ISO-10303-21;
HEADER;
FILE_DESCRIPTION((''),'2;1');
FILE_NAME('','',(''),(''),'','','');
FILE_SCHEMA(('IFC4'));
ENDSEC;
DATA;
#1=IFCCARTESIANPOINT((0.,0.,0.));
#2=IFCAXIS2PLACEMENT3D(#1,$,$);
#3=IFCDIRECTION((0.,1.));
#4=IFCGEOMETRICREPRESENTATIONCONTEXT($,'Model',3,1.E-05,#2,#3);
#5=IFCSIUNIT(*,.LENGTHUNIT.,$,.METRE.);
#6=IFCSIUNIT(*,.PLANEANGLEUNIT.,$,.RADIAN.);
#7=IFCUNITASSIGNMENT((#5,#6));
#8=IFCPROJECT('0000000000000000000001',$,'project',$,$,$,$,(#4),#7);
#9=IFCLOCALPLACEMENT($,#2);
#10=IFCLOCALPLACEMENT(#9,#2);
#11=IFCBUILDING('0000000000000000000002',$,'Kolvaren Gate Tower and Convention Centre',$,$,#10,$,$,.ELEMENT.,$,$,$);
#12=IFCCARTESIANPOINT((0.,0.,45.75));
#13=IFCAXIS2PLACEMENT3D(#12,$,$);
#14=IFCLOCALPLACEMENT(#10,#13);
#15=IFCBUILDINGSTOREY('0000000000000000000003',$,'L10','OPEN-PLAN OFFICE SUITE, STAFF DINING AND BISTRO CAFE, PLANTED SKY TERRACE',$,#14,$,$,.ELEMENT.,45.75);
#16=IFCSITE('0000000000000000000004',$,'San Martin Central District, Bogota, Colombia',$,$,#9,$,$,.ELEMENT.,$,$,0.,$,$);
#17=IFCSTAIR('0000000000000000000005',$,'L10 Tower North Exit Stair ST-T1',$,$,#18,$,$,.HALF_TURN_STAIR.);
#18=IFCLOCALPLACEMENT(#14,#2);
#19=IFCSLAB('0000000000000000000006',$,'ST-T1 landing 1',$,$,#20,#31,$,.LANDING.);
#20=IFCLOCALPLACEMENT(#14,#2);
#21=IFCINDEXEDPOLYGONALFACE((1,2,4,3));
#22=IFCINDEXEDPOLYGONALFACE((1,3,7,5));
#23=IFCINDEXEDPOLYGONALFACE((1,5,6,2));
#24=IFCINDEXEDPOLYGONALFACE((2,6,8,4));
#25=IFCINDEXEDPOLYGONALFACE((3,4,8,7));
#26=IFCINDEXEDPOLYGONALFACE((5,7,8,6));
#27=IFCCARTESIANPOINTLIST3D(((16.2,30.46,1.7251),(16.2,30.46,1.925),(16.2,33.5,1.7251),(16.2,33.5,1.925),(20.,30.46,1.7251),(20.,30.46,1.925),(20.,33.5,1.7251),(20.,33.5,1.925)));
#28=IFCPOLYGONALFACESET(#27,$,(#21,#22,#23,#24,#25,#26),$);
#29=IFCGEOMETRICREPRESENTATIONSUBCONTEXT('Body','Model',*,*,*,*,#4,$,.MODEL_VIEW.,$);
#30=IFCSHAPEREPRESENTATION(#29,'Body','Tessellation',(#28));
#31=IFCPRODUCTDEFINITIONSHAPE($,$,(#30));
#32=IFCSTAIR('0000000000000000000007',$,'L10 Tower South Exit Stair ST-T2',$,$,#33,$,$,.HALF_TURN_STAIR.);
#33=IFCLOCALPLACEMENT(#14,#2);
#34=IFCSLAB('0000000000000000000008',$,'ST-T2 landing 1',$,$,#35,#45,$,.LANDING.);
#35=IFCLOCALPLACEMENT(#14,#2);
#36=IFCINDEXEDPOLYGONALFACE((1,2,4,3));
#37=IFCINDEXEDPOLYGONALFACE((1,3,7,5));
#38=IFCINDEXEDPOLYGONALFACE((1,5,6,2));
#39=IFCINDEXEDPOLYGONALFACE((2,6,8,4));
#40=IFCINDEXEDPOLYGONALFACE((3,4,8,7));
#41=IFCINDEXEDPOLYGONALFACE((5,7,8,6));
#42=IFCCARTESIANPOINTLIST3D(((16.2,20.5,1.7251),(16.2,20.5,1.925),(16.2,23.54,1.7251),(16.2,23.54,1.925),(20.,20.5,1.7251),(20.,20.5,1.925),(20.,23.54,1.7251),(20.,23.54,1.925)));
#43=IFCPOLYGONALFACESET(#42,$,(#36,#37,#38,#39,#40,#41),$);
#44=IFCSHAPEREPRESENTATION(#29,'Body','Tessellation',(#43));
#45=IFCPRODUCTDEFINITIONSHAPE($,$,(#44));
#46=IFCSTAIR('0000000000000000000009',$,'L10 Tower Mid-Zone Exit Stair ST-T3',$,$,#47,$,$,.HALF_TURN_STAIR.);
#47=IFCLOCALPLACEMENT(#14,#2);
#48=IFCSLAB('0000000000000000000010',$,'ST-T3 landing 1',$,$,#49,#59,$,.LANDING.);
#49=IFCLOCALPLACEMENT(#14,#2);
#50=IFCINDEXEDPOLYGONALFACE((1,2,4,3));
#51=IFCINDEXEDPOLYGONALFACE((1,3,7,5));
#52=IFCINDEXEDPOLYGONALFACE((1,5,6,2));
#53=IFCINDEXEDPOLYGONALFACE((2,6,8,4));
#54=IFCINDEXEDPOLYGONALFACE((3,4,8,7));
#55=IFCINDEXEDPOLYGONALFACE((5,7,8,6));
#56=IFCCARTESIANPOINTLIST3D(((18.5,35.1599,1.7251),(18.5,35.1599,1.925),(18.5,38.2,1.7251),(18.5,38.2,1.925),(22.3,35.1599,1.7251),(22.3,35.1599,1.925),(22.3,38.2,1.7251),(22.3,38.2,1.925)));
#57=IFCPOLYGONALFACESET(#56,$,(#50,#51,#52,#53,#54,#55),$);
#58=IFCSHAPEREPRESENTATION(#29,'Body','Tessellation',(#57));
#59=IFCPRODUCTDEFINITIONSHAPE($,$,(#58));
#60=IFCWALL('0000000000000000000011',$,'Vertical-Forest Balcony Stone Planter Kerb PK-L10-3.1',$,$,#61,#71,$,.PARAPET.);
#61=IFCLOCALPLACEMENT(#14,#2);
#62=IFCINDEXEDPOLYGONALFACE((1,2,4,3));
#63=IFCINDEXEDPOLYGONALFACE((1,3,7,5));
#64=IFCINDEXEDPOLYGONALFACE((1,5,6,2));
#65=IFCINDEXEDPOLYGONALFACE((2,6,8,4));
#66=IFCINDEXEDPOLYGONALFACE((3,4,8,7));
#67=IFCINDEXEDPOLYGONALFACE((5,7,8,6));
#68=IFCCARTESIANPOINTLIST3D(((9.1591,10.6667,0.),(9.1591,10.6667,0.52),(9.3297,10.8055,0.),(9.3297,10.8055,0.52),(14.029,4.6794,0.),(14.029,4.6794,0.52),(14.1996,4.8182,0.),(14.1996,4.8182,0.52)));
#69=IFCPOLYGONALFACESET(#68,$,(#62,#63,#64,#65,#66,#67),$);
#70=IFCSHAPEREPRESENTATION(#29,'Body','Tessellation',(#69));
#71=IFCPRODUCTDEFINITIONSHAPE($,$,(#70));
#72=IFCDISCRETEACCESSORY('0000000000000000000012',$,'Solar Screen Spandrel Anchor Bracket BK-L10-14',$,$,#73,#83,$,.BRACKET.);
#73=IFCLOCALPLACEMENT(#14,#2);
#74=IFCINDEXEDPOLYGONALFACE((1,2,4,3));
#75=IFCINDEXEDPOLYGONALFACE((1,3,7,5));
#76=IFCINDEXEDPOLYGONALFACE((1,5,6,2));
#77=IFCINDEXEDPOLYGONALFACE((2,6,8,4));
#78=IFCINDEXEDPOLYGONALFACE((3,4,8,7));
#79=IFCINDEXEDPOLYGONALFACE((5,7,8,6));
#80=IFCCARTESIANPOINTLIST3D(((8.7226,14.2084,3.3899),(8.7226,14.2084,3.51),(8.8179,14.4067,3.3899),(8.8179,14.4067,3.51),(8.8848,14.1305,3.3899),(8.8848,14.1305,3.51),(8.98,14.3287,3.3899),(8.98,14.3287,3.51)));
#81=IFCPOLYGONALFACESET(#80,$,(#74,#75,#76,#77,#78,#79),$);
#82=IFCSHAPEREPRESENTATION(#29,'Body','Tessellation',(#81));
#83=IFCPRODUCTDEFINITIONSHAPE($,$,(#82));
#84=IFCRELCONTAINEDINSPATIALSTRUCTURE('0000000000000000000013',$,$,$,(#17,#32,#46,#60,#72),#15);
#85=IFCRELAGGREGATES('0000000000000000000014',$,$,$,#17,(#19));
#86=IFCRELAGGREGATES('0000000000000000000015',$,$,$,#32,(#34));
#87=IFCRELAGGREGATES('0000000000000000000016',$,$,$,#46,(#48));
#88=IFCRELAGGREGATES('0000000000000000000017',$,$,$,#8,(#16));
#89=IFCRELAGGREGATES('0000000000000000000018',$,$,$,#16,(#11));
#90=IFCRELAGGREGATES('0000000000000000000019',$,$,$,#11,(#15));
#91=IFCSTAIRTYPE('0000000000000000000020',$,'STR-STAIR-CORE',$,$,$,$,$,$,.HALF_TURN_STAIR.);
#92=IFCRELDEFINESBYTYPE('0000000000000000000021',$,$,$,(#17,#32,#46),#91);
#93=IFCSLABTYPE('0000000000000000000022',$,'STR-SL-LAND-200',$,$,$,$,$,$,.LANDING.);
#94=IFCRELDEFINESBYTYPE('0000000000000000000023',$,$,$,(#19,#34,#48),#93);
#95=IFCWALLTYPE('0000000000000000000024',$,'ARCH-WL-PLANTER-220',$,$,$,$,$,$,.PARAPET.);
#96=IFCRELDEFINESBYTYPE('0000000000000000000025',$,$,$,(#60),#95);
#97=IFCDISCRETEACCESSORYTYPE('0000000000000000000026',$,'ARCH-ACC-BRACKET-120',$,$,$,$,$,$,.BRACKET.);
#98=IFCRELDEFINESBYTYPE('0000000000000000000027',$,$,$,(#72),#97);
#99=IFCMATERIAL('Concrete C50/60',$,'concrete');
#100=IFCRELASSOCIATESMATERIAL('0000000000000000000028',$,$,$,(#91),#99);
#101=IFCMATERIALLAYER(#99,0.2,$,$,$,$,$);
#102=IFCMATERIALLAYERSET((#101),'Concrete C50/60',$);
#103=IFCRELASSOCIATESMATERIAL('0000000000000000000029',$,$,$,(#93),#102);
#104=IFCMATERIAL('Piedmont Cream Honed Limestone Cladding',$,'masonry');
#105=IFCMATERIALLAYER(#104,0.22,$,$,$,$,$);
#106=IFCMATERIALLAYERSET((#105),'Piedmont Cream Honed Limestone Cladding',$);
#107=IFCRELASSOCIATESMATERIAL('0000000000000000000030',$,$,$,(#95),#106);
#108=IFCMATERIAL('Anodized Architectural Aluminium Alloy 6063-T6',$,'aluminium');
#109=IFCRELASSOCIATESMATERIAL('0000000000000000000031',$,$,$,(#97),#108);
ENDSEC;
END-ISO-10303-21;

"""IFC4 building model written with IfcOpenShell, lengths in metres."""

from ifc_helpers import new_model, si_unit, direction, frame, frame_2d, origin, origin_2d, place, context, subcontext, project, spatial, polyline, rectangle, outline, extrude, material, layer, layer_set, type_object, element, aggregate, save


model = new_model("IFC4")

# Units and contexts
model_context = context("Model", 3, precision=1e-05, world=origin(), true_north=direction((0.0, 1.0)))
body_context = subcontext(model_context, "Body", "Model", "MODEL_VIEW")
ifc_project = project(units=[si_unit("LENGTHUNIT", "METRE"), si_unit("PLANEANGLEUNIT", "RADIAN")], contexts=[model_context])

# Site, building, storey
site_placement = place(None, origin())
site = spatial("IfcSite", under=ifc_project, at=site_placement, Name="San Martin Central District, Bogota, Colombia", CompositionType="ELEMENT", RefElevation=0.0)
building_placement = place(site_placement, origin())
building = spatial("IfcBuilding", under=site, at=building_placement, Name="Kolvaren Gate Tower and Convention Centre", CompositionType="ELEMENT")
storey_placement = place(building_placement, frame((0.0, 0.0, 45.75)))
storey = spatial("IfcBuildingStorey", under=building, at=storey_placement, Name="L10", Description="OPEN-PLAN OFFICE SUITE, STAFF DINING AND BISTRO CAFE, PLANTED SKY TERRACE", CompositionType="ELEMENT", Elevation=45.75)

# Shared definitions
ifc_material_1 = material(Name="Anodized Architectural Aluminium Alloy 6063-T6", Category="aluminium")

# Shared definitions
ifc_material_2 = material(Name="Concrete C50/60", Category="concrete")

# Stairs, slabs
stair_type = type_object("IfcStairType", Name="STR-STAIR-CORE", PredefinedType="HALF_TURN_STAIR", material=ifc_material_2)
stair_1_placement = place(storey_placement, origin())
stair_1 = element("IfcStair", 1, at=stair_1_placement, inside=storey, type_object=stair_type, Name="L10 Tower North Exit Stair ST-T1", PredefinedType="HALF_TURN_STAIR")
ifc_layer_1 = layer(ifc_material_2, 0.2)
ifc_layer_set_1 = layer_set([ifc_layer_1], Name="Concrete C50/60")
slab_type_1 = type_object("IfcSlabType", Name="STR-SL-LAND-200", PredefinedType="LANDING", material=ifc_layer_set_1)
slab_1_placement = place(storey_placement, frame((0.0, 0.0, 1.7251)))
slab_1 = element("IfcSlab", 2, at=slab_1_placement, type_object=slab_type_1, Name="ST-T1 landing 1", PredefinedType="LANDING", context=body_context, shape_type="SweptSolid", body=[
    extrude(outline(polyline([(20.0, 33.5), (16.2, 33.5), (16.2, 30.46), (20.0, 30.46), (20.0, 33.5)])), origin(), (0.0, 0.0, 1.0), 0.2),
])
aggregate(stair_1, [slab_1])
stair_2_placement = place(storey_placement, origin())
stair_2 = element("IfcStair", 3, at=stair_2_placement, inside=storey, type_object=stair_type, Name="L10 Tower South Exit Stair ST-T2", PredefinedType="HALF_TURN_STAIR")
slab_2_placement = place(storey_placement, frame((0.0, 0.0, 1.7251)))
slab_2 = element("IfcSlab", 4, at=slab_2_placement, type_object=slab_type_1, Name="ST-T2 landing 1", PredefinedType="LANDING", context=body_context, shape_type="SweptSolid", body=[
    extrude(outline(polyline([(20.0, 23.54), (16.2, 23.54), (16.2, 20.5), (20.0, 20.5), (20.0, 23.54)])), origin(), (0.0, 0.0, 1.0), 0.2),
])
aggregate(stair_2, [slab_2])
stair_3_placement = place(storey_placement, origin())
stair_3 = element("IfcStair", 5, at=stair_3_placement, inside=storey, type_object=stair_type, Name="L10 Tower Mid-Zone Exit Stair ST-T3", PredefinedType="HALF_TURN_STAIR")
slab_3_placement = place(storey_placement, frame((0.0, 0.0, 1.7251)))
slab_3 = element("IfcSlab", 6, at=slab_3_placement, type_object=slab_type_1, Name="ST-T3 landing 1", PredefinedType="LANDING", context=body_context, shape_type="SweptSolid", body=[
    extrude(outline(polyline([(22.3, 38.2), (18.5, 38.2), (18.5, 35.1599), (22.3, 35.1599), (22.3, 38.2)])), origin(), (0.0, 0.0, 1.0), 0.2),
])
aggregate(stair_3, [slab_3])

# Wall
ifc_material_3 = material(Name="Piedmont Cream Honed Limestone Cladding", Category="masonry")
ifc_layer_2 = layer(ifc_material_3, 0.22)
ifc_layer_set_2 = layer_set([ifc_layer_2], Name="Piedmont Cream Honed Limestone Cladding")
wall_type = type_object("IfcWallType", Name="ARCH-WL-PLANTER-220", PredefinedType="PARAPET", material=ifc_layer_set_2)
wall_placement = place(storey_placement, frame((9.2444, 10.7361, 0.0), z_axis=(0.0, 0.0, 1.0), x_axis=(0.630997, -0.775785, 0.0)))
element("IfcWall", 7, at=wall_placement, inside=storey, type_object=wall_type, Name="Vertical-Forest Balcony Stone Planter Kerb PK-L10-3.1", PredefinedType="PARAPET", context=body_context, shape_type="SweptSolid", body=[
    extrude(rectangle(XDim=7.7178, YDim=0.22, at=frame_2d((3.8589, 0.0))), origin(), (0.0, 0.0, 1.0), 0.52),
])

# Discrete accessory
discrete_accessory_type = type_object("IfcDiscreteAccessoryType", Name="ARCH-ACC-BRACKET-120", PredefinedType="BRACKET", material=ifc_material_1)
discrete_accessory_placement = place(storey_placement, frame((8.8513, 14.2686, 3.3899), z_axis=(0.0, 0.0, 1.0), x_axis=(0.901364, -0.433061, 0.0)))
element("IfcDiscreteAccessory", 8, at=discrete_accessory_placement, inside=storey, type_object=discrete_accessory_type, Name="Solar Screen Spandrel Anchor Bracket BK-L10-14", PredefinedType="BRACKET", context=body_context, shape_type="SweptSolid", body=[
    extrude(rectangle(XDim=0.1799, YDim=0.22, at=origin_2d()), origin(), (0.0, 0.0, 1.0), 0.1201),
])

save(model, "model.ifc")
